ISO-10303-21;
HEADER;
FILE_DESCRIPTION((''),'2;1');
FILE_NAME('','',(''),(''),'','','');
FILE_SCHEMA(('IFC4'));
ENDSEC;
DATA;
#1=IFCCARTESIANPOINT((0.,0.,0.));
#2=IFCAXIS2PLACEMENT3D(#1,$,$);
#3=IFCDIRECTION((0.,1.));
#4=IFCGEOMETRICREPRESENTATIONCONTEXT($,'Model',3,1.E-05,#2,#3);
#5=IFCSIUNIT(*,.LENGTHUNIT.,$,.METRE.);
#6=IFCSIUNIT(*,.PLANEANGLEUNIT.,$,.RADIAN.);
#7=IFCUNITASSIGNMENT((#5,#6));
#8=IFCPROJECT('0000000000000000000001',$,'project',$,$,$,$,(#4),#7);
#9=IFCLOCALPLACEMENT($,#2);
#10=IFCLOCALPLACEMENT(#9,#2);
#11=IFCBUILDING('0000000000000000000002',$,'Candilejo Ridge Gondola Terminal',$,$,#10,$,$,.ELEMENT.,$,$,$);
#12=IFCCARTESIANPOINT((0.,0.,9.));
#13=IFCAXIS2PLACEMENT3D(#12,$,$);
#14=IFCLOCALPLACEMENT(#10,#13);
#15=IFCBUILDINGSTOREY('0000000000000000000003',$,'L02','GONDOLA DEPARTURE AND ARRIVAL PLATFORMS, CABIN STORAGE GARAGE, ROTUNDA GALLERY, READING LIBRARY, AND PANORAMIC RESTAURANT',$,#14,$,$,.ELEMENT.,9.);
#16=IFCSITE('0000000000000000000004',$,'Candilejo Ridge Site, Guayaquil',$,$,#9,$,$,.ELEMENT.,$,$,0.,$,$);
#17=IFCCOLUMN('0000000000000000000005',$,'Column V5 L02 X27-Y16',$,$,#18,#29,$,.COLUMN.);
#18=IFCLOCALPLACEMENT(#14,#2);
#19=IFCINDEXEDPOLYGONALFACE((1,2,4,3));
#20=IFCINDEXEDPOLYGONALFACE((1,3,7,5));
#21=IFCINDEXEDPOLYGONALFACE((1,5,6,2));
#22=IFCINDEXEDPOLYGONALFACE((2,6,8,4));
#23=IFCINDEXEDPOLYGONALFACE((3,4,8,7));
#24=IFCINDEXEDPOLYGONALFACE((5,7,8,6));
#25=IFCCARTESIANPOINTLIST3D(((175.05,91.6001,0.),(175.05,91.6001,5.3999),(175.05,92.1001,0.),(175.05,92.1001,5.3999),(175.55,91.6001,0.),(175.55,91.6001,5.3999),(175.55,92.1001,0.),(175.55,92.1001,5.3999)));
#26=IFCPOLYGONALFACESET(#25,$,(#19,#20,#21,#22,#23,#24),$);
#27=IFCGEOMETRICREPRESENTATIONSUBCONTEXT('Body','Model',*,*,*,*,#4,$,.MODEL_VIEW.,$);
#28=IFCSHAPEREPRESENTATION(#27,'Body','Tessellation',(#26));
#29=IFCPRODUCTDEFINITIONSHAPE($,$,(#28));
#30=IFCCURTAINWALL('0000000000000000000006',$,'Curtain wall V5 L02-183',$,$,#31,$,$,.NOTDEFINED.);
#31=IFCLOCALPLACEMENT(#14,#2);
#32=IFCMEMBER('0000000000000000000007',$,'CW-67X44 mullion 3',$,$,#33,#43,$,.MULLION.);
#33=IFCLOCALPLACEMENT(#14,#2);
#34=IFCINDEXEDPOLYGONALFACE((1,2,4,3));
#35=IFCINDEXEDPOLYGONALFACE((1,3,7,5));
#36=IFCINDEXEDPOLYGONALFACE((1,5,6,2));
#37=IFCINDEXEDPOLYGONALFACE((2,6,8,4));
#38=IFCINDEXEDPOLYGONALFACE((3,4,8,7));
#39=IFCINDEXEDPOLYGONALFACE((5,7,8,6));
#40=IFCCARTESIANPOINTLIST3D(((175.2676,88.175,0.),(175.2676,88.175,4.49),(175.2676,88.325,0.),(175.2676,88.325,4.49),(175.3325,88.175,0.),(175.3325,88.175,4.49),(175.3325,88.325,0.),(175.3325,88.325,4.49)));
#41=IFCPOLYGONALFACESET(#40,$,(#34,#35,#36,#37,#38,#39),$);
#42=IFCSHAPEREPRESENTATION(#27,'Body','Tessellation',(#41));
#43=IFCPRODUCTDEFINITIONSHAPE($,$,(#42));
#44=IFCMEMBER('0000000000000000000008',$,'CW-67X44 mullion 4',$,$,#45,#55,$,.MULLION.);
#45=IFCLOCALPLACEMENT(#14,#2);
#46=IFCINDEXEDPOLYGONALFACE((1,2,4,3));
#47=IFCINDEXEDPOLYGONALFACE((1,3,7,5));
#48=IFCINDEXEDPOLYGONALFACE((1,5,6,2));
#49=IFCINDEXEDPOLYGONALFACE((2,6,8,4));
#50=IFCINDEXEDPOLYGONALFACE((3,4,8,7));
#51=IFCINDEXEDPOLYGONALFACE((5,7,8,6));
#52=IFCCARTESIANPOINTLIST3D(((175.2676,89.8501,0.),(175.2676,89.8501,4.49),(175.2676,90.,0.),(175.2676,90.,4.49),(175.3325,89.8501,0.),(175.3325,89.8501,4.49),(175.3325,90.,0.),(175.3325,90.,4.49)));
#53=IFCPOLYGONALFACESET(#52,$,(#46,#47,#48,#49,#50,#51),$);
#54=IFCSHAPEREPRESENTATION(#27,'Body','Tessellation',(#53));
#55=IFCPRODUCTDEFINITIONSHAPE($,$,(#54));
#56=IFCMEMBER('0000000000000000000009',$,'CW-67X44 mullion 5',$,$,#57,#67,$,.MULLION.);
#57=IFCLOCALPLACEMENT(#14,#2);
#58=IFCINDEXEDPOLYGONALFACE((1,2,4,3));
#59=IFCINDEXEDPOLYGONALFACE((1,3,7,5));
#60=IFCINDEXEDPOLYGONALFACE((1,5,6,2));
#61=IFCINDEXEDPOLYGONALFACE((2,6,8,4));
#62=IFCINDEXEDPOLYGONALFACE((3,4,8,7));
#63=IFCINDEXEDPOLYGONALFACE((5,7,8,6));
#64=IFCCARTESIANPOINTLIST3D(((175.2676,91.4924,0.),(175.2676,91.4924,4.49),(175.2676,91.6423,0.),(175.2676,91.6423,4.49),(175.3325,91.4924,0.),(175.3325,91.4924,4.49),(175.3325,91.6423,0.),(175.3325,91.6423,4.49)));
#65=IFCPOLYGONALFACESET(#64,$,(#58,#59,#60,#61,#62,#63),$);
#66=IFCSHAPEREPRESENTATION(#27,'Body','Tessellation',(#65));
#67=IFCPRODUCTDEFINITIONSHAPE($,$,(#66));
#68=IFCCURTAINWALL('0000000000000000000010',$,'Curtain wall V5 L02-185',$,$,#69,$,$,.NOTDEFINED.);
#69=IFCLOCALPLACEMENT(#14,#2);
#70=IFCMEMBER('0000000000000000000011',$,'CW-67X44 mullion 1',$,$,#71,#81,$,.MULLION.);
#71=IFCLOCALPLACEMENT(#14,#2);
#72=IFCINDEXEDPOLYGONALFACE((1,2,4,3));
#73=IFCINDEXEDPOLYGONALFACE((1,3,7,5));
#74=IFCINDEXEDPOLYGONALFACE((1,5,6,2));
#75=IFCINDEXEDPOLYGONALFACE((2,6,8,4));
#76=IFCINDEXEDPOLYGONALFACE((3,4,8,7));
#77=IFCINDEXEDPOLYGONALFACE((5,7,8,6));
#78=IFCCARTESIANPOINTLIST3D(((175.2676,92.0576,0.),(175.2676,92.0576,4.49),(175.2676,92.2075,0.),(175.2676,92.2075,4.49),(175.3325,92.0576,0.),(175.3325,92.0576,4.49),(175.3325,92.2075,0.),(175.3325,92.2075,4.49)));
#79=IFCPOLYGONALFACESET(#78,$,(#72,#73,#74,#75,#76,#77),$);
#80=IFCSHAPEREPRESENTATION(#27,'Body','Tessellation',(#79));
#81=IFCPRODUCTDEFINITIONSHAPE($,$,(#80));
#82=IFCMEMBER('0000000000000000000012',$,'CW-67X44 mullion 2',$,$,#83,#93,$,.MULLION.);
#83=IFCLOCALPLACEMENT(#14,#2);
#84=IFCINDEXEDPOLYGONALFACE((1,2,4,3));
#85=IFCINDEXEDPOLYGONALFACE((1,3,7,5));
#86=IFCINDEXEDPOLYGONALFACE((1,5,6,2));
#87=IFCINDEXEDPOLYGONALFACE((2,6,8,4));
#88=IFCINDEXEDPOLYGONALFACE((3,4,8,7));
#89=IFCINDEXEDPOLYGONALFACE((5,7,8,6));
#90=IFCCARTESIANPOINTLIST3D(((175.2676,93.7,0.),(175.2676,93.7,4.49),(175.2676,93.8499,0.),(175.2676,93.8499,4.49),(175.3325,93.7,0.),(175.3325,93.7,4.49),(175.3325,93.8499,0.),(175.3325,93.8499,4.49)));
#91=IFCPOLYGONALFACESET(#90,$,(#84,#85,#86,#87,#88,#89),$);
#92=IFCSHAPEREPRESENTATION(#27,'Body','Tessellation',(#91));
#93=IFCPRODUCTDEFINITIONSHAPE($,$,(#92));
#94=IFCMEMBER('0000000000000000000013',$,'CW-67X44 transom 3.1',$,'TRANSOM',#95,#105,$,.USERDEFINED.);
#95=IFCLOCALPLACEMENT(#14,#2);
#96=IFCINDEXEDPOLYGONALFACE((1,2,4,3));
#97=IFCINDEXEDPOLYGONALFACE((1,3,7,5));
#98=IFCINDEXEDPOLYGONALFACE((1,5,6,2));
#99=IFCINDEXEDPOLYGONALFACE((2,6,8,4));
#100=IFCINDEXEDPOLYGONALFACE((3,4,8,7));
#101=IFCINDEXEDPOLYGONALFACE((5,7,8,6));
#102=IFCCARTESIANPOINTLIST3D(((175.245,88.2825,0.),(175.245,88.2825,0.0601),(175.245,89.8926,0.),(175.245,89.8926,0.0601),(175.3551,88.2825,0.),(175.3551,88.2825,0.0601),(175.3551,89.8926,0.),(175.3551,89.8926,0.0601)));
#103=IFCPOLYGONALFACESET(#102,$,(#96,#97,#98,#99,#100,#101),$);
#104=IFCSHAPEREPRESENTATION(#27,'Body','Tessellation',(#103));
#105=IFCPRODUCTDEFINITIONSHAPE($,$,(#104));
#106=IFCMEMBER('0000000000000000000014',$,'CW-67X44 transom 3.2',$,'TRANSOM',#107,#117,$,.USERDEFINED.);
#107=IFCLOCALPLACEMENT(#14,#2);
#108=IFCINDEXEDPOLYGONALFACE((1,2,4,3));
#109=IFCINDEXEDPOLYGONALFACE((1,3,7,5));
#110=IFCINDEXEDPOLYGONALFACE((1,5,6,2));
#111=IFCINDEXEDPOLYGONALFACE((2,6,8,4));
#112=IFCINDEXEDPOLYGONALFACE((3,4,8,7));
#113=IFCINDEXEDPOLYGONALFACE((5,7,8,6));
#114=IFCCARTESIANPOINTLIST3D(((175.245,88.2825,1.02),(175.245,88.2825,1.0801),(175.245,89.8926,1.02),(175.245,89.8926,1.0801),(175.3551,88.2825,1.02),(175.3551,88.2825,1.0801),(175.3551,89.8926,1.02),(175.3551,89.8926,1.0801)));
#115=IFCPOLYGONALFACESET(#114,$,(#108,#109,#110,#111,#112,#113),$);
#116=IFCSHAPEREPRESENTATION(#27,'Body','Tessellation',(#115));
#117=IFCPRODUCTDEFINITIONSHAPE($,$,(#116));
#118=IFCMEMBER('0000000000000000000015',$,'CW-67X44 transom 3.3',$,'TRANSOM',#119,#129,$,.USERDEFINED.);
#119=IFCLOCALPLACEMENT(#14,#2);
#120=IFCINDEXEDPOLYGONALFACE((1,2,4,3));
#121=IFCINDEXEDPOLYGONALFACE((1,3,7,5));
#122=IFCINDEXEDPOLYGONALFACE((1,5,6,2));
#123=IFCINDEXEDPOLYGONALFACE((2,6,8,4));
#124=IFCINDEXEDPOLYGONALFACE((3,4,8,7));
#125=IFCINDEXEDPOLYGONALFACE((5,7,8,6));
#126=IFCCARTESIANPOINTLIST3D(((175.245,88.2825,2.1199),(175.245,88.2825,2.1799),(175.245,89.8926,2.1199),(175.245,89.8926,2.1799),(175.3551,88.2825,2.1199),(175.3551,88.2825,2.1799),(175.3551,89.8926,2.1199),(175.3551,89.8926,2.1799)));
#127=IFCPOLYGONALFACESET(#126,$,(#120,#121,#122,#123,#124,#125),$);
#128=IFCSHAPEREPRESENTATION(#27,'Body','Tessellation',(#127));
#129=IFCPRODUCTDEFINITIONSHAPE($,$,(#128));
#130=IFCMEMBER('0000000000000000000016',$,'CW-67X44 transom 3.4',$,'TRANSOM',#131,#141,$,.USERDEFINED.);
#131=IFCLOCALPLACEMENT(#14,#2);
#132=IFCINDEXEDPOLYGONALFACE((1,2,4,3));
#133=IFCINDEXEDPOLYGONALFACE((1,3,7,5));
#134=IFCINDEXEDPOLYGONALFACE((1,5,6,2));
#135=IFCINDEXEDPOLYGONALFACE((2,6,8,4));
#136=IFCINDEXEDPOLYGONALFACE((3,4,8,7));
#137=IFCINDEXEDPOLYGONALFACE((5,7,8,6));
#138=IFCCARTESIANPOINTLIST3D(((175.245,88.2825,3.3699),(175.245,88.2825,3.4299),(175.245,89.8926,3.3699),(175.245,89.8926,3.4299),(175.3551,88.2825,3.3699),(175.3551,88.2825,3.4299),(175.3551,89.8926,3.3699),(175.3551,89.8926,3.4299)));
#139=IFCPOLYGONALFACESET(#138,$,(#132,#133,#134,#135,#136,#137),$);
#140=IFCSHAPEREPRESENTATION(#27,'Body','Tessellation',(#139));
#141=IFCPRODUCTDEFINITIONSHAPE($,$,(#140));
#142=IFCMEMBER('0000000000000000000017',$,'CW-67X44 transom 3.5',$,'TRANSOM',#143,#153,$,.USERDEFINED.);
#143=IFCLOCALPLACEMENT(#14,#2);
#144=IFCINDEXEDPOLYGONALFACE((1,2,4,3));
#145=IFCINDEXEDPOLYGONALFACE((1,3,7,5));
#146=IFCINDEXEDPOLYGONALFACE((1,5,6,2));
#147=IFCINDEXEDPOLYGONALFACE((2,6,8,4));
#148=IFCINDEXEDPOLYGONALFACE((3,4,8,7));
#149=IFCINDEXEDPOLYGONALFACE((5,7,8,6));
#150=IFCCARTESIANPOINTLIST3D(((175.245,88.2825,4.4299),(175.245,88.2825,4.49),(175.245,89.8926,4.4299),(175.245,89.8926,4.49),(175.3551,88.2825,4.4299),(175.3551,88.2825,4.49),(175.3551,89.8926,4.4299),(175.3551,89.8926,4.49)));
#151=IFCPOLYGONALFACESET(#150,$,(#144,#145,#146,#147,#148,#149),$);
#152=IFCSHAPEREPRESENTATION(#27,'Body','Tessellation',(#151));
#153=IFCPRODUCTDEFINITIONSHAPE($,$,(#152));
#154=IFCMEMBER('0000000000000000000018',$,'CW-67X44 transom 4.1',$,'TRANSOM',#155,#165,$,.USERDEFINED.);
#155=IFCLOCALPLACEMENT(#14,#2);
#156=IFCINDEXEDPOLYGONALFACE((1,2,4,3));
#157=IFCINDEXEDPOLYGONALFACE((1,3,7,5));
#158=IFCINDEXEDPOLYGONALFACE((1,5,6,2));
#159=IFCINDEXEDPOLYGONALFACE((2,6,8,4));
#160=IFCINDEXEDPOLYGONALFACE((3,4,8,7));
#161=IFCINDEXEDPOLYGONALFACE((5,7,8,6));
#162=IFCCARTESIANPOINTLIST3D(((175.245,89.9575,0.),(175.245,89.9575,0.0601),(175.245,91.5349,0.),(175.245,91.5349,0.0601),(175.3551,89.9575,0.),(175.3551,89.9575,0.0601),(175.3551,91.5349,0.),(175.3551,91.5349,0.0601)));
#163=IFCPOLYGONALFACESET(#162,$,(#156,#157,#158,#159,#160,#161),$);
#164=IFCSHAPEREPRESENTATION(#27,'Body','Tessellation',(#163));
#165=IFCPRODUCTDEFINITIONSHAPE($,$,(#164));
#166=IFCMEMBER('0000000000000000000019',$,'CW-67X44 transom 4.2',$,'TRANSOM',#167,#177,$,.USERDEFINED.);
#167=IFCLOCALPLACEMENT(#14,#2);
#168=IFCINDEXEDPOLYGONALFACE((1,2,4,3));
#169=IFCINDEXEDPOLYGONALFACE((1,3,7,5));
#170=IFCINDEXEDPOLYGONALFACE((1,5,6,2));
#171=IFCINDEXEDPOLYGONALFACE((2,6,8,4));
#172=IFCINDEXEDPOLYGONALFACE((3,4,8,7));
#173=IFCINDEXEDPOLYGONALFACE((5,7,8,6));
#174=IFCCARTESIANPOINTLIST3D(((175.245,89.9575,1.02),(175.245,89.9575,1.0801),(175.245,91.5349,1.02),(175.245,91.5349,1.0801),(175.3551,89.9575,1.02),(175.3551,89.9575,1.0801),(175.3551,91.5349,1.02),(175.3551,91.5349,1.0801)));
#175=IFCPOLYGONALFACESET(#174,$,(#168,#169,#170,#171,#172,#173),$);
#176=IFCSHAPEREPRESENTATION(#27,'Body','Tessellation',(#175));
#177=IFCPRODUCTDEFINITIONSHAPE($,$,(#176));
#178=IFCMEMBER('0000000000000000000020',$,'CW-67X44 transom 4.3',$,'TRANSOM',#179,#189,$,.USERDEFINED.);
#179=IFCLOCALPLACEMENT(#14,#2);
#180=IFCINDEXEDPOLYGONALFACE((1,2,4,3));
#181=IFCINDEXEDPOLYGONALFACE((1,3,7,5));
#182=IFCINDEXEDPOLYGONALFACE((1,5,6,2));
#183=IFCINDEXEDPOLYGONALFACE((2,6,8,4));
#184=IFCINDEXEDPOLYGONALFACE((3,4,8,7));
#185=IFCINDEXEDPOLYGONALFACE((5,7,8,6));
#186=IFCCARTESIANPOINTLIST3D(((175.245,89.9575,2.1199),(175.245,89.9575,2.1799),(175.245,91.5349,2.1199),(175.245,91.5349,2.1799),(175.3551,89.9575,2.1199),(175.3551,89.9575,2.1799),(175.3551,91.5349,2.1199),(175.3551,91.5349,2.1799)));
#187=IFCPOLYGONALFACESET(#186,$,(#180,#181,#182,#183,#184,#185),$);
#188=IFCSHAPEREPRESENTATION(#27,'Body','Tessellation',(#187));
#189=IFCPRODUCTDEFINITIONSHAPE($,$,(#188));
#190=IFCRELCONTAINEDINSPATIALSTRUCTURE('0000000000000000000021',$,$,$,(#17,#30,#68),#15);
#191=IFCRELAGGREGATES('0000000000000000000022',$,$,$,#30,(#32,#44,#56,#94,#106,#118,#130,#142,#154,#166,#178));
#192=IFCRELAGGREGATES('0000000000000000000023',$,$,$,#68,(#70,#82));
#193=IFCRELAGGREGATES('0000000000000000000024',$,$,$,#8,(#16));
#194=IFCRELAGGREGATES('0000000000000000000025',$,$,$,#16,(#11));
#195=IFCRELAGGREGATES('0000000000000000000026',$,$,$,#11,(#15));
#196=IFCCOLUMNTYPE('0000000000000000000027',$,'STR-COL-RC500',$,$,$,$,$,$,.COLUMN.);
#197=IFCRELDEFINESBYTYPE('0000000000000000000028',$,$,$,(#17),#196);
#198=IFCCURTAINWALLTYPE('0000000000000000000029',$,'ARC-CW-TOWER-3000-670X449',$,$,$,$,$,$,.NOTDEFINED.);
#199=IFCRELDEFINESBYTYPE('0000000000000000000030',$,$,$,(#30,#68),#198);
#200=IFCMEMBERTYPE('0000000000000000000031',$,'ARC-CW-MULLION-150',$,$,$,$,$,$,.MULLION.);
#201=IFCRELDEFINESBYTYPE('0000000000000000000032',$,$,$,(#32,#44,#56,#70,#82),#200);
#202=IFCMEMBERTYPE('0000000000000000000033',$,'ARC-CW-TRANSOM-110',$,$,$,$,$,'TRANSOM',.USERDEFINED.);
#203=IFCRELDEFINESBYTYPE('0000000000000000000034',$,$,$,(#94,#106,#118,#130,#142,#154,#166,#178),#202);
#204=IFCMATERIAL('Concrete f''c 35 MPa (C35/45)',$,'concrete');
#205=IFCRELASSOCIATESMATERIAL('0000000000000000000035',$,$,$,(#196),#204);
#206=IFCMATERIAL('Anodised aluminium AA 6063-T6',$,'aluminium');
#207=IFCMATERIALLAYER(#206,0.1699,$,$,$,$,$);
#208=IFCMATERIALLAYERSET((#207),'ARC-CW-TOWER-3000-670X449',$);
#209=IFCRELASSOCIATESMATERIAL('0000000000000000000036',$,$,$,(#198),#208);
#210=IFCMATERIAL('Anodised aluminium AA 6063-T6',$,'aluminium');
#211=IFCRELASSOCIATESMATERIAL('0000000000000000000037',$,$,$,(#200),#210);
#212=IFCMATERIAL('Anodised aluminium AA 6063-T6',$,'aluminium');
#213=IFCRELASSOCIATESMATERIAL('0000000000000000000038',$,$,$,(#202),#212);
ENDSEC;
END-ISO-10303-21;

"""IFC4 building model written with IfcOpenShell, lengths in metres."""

from ifc_helpers import new_model, si_unit, direction, frame, origin, origin_2d, place, context, subcontext, project, spatial, rectangle, extrude, material, layer, layer_set, material_profile, profile_set, type_object, element, aggregate, save


model = new_model("IFC4")

# Units and contexts
model_context = context("Model", 3, precision=1e-05, world=origin(), true_north=direction((0.0, 1.0)))
body_context = subcontext(model_context, "Body", "Model", "MODEL_VIEW")
ifc_project = project(units=[si_unit("LENGTHUNIT", "METRE"), si_unit("PLANEANGLEUNIT", "RADIAN")], contexts=[model_context])

# Site, building, storey
site_placement = place(None, origin())
site = spatial("IfcSite", under=ifc_project, at=site_placement, Name="Candilejo Ridge Site, Guayaquil", CompositionType="ELEMENT", RefElevation=0.0)
building_placement = place(site_placement, origin())
building = spatial("IfcBuilding", under=site, at=building_placement, Name="Candilejo Ridge Gondola Terminal", CompositionType="ELEMENT")
storey_placement = place(building_placement, frame((0.0, 0.0, 9.0)))
storey = spatial("IfcBuildingStorey", under=building, at=storey_placement, Name="L02", Description="GONDOLA DEPARTURE AND ARRIVAL PLATFORMS, CABIN STORAGE GARAGE, ROTUNDA GALLERY, READING LIBRARY, AND PANORAMIC RESTAURANT", CompositionType="ELEMENT", Elevation=9.0)

# Column
ifc_material_1 = material(Name="Concrete f'c 35 MPa (C35/45)", Category="concrete")
ifc_material_profile_1 = material_profile(ifc_material_1, rectangle(XDim=0.5, YDim=0.5, at=origin_2d()))
ifc_profile_set_1 = profile_set([ifc_material_profile_1], Name="Concrete f'c 35 MPa (C35/45)")
column_type = type_object("IfcColumnType", Name="STR-COL-RC500", PredefinedType="COLUMN", material=ifc_profile_set_1)
column_placement = place(storey_placement, frame((175.3, 91.8501, 0.0), z_axis=(0.0, 0.0, 1.0), x_axis=(1.0, 0.0, 0.0)))
element("IfcColumn", 1, at=column_placement, inside=storey, type_object=column_type, Name="Column V5 L02 X27-Y16", PredefinedType="COLUMN", context=body_context, shape_type="SweptSolid", body=[
    extrude(rectangle(XDim=0.5, YDim=0.5, at=origin_2d()), origin(), (0.0, 0.0, 1.0), 5.3999),
])

# Curtain walls, members
ifc_material_2 = material(Name="Anodised aluminium AA 6063-T6", Category="aluminium")
ifc_layer_1 = layer(ifc_material_2, 0.1699)
ifc_layer_set_1 = layer_set([ifc_layer_1], Name="ARC-CW-TOWER-3000-670X449")
curtain_wall_type = type_object("IfcCurtainWallType", Name="ARC-CW-TOWER-3000-670X449", PredefinedType="NOTDEFINED", material=ifc_layer_set_1)
curtain_wall_1_placement = place(storey_placement, origin())
curtain_wall_1 = element("IfcCurtainWall", 2, at=curtain_wall_1_placement, inside=storey, type_object=curtain_wall_type, Name="Curtain wall V5 L02-183", PredefinedType="NOTDEFINED")
ifc_material_3 = material(Name="Anodised aluminium AA 6063-T6", Category="aluminium")
ifc_material_profile_2 = material_profile(ifc_material_3, rectangle(XDim=0.0649, YDim=0.1499, at=origin_2d()))
ifc_profile_set_2 = profile_set([ifc_material_profile_2], Name="Anodised aluminium AA 6063-T6")
member_type_1 = type_object("IfcMemberType", Name="ARC-CW-MULLION-150", PredefinedType="MULLION", material=ifc_profile_set_2)
member_1_placement = place(storey_placement, frame((175.3, 88.25, 0.0), z_axis=(0.0, 0.0, 1.0), x_axis=(-1.0, 0.0, 0.0)))
member_1 = element("IfcMember", 3, at=member_1_placement, type_object=member_type_1, Name="CW-67X44 mullion 3", PredefinedType="MULLION", context=body_context, shape_type="SweptSolid", body=[
    extrude(rectangle(XDim=0.0649, YDim=0.1499, at=origin_2d()), origin(), (0.0, 0.0, 1.0), 4.49),
])
member_2_placement = place(storey_placement, frame((175.3, 89.925, 0.0), z_axis=(0.0, 0.0, 1.0), x_axis=(-1.0, 0.0, 0.0)))
member_2 = element("IfcMember", 4, at=member_2_placement, type_object=member_type_1, Name="CW-67X44 mullion 4", PredefinedType="MULLION", context=body_context, shape_type="SweptSolid", body=[
    extrude(rectangle(XDim=0.0649, YDim=0.1499, at=origin_2d()), origin(), (0.0, 0.0, 1.0), 4.49),
])
member_3_placement = place(storey_placement, frame((175.3, 91.5674, 0.0), z_axis=(0.0, 0.0, 1.0), x_axis=(-1.0, 0.0, 0.0)))
member_3 = element("IfcMember", 5, at=member_3_placement, type_object=member_type_1, Name="CW-67X44 mullion 5", PredefinedType="MULLION", context=body_context, shape_type="SweptSolid", body=[
    extrude(rectangle(XDim=0.0649, YDim=0.1499, at=origin_2d()), origin(), (0.0, 0.0, 1.0), 4.49),
])
curtain_wall_2_placement = place(storey_placement, origin())
curtain_wall_2 = element("IfcCurtainWall", 6, at=curtain_wall_2_placement, inside=storey, type_object=curtain_wall_type, Name="Curtain wall V5 L02-185", PredefinedType="NOTDEFINED")
member_4_placement = place(storey_placement, frame((175.3, 92.1326, 0.0), z_axis=(0.0, 0.0, 1.0), x_axis=(-1.0, 0.0, 0.0)))
member_4 = element("IfcMember", 7, at=member_4_placement, type_object=member_type_1, Name="CW-67X44 mullion 1", PredefinedType="MULLION", context=body_context, shape_type="SweptSolid", body=[
    extrude(rectangle(XDim=0.0649, YDim=0.1499, at=origin_2d()), origin(), (0.0, 0.0, 1.0), 4.49),
])
member_5_placement = place(storey_placement, frame((175.3, 93.7749, 0.0), z_axis=(0.0, 0.0, 1.0), x_axis=(-1.0, 0.0, 0.0)))
member_5 = element("IfcMember", 8, at=member_5_placement, type_object=member_type_1, Name="CW-67X44 mullion 2", PredefinedType="MULLION", context=body_context, shape_type="SweptSolid", body=[
    extrude(rectangle(XDim=0.0649, YDim=0.1499, at=origin_2d()), origin(), (0.0, 0.0, 1.0), 4.49),
])

# Members
ifc_material_4 = material(Name="Anodised aluminium AA 6063-T6", Category="aluminium")
ifc_material_profile_3 = material_profile(ifc_material_4, rectangle(XDim=0.1101, YDim=0.0601, at=origin_2d()))
ifc_profile_set_3 = profile_set([ifc_material_profile_3], Name="Anodised aluminium AA 6063-T6")
member_type_2 = type_object("IfcMemberType", Name="ARC-CW-TRANSOM-110", ElementType="TRANSOM", PredefinedType="USERDEFINED", material=ifc_profile_set_3)
member_6_placement = place(storey_placement, frame((175.3, 88.2825, 0.03), z_axis=(0.0, 1.0, 0.0), x_axis=(-1.0, 0.0, 0.0)))
member_6 = element("IfcMember", 9, at=member_6_placement, type_object=member_type_2, Name="CW-67X44 transom 3.1", ObjectType="TRANSOM", PredefinedType="USERDEFINED", context=body_context, shape_type="SweptSolid", body=[
    extrude(rectangle(XDim=0.1101, YDim=0.0601, at=origin_2d()), origin(), (0.0, 0.0, 1.0), 1.6101),
])
member_7_placement = place(storey_placement, frame((175.3, 88.2825, 1.05), z_axis=(0.0, 1.0, 0.0), x_axis=(-1.0, 0.0, 0.0)))
member_7 = element("IfcMember", 10, at=member_7_placement, type_object=member_type_2, Name="CW-67X44 transom 3.2", ObjectType="TRANSOM", PredefinedType="USERDEFINED", context=body_context, shape_type="SweptSolid", body=[
    extrude(rectangle(XDim=0.1101, YDim=0.0601, at=origin_2d()), origin(), (0.0, 0.0, 1.0), 1.6101),
])
member_8_placement = place(storey_placement, frame((175.3, 88.2825, 2.1499), z_axis=(0.0, 1.0, 0.0), x_axis=(-1.0, 0.0, 0.0)))
member_8 = element("IfcMember", 11, at=member_8_placement, type_object=member_type_2, Name="CW-67X44 transom 3.3", ObjectType="TRANSOM", PredefinedType="USERDEFINED", context=body_context, shape_type="SweptSolid", body=[
    extrude(rectangle(XDim=0.1101, YDim=0.0601, at=origin_2d()), origin(), (0.0, 0.0, 1.0), 1.6101),
])
member_9_placement = place(storey_placement, frame((175.3, 88.2825, 3.3999), z_axis=(0.0, 1.0, 0.0), x_axis=(-1.0, 0.0, 0.0)))
member_9 = element("IfcMember", 12, at=member_9_placement, type_object=member_type_2, Name="CW-67X44 transom 3.4", ObjectType="TRANSOM", PredefinedType="USERDEFINED", context=body_context, shape_type="SweptSolid", body=[
    extrude(rectangle(XDim=0.1101, YDim=0.0601, at=origin_2d()), origin(), (0.0, 0.0, 1.0), 1.6101),
])
member_10_placement = place(storey_placement, frame((175.3, 88.2825, 4.46), z_axis=(0.0, 1.0, 0.0), x_axis=(-1.0, 0.0, 0.0)))
member_10 = element("IfcMember", 13, at=member_10_placement, type_object=member_type_2, Name="CW-67X44 transom 3.5", ObjectType="TRANSOM", PredefinedType="USERDEFINED", context=body_context, shape_type="SweptSolid", body=[
    extrude(rectangle(XDim=0.1101, YDim=0.0601, at=origin_2d()), origin(), (0.0, 0.0, 1.0), 1.6101),
])
member_11_placement = place(storey_placement, frame((175.3, 89.9575, 0.03), z_axis=(0.0, 1.0, 0.0), x_axis=(-1.0, 0.0, 0.0)))
member_11 = element("IfcMember", 14, at=member_11_placement, type_object=member_type_2, Name="CW-67X44 transom 4.1", ObjectType="TRANSOM", PredefinedType="USERDEFINED", context=body_context, shape_type="SweptSolid", body=[
    extrude(rectangle(XDim=0.1101, YDim=0.0601, at=origin_2d()), origin(), (0.0, 0.0, 1.0), 1.5774),
])
member_12_placement = place(storey_placement, frame((175.3, 89.9575, 1.05), z_axis=(0.0, 1.0, 0.0), x_axis=(-1.0, 0.0, 0.0)))
member_12 = element("IfcMember", 15, at=member_12_placement, type_object=member_type_2, Name="CW-67X44 transom 4.2", ObjectType="TRANSOM", PredefinedType="USERDEFINED", context=body_context, shape_type="SweptSolid", body=[
    extrude(rectangle(XDim=0.1101, YDim=0.0601, at=origin_2d()), origin(), (0.0, 0.0, 1.0), 1.5774),
])
member_13_placement = place(storey_placement, frame((175.3, 89.9575, 2.1499), z_axis=(0.0, 1.0, 0.0), x_axis=(-1.0, 0.0, 0.0)))
member_13 = element("IfcMember", 16, at=member_13_placement, type_object=member_type_2, Name="CW-67X44 transom 4.3", ObjectType="TRANSOM", PredefinedType="USERDEFINED", context=body_context, shape_type="SweptSolid", body=[
    extrude(rectangle(XDim=0.1101, YDim=0.0601, at=origin_2d()), origin(), (0.0, 0.0, 1.0), 1.5774),
])

aggregate(curtain_wall_1, [member_1, member_2, member_3, member_6, member_7, member_8, member_9, member_10, member_11, member_12, member_13])
aggregate(curtain_wall_2, [member_4, member_5])

save(model, "model.ifc")
